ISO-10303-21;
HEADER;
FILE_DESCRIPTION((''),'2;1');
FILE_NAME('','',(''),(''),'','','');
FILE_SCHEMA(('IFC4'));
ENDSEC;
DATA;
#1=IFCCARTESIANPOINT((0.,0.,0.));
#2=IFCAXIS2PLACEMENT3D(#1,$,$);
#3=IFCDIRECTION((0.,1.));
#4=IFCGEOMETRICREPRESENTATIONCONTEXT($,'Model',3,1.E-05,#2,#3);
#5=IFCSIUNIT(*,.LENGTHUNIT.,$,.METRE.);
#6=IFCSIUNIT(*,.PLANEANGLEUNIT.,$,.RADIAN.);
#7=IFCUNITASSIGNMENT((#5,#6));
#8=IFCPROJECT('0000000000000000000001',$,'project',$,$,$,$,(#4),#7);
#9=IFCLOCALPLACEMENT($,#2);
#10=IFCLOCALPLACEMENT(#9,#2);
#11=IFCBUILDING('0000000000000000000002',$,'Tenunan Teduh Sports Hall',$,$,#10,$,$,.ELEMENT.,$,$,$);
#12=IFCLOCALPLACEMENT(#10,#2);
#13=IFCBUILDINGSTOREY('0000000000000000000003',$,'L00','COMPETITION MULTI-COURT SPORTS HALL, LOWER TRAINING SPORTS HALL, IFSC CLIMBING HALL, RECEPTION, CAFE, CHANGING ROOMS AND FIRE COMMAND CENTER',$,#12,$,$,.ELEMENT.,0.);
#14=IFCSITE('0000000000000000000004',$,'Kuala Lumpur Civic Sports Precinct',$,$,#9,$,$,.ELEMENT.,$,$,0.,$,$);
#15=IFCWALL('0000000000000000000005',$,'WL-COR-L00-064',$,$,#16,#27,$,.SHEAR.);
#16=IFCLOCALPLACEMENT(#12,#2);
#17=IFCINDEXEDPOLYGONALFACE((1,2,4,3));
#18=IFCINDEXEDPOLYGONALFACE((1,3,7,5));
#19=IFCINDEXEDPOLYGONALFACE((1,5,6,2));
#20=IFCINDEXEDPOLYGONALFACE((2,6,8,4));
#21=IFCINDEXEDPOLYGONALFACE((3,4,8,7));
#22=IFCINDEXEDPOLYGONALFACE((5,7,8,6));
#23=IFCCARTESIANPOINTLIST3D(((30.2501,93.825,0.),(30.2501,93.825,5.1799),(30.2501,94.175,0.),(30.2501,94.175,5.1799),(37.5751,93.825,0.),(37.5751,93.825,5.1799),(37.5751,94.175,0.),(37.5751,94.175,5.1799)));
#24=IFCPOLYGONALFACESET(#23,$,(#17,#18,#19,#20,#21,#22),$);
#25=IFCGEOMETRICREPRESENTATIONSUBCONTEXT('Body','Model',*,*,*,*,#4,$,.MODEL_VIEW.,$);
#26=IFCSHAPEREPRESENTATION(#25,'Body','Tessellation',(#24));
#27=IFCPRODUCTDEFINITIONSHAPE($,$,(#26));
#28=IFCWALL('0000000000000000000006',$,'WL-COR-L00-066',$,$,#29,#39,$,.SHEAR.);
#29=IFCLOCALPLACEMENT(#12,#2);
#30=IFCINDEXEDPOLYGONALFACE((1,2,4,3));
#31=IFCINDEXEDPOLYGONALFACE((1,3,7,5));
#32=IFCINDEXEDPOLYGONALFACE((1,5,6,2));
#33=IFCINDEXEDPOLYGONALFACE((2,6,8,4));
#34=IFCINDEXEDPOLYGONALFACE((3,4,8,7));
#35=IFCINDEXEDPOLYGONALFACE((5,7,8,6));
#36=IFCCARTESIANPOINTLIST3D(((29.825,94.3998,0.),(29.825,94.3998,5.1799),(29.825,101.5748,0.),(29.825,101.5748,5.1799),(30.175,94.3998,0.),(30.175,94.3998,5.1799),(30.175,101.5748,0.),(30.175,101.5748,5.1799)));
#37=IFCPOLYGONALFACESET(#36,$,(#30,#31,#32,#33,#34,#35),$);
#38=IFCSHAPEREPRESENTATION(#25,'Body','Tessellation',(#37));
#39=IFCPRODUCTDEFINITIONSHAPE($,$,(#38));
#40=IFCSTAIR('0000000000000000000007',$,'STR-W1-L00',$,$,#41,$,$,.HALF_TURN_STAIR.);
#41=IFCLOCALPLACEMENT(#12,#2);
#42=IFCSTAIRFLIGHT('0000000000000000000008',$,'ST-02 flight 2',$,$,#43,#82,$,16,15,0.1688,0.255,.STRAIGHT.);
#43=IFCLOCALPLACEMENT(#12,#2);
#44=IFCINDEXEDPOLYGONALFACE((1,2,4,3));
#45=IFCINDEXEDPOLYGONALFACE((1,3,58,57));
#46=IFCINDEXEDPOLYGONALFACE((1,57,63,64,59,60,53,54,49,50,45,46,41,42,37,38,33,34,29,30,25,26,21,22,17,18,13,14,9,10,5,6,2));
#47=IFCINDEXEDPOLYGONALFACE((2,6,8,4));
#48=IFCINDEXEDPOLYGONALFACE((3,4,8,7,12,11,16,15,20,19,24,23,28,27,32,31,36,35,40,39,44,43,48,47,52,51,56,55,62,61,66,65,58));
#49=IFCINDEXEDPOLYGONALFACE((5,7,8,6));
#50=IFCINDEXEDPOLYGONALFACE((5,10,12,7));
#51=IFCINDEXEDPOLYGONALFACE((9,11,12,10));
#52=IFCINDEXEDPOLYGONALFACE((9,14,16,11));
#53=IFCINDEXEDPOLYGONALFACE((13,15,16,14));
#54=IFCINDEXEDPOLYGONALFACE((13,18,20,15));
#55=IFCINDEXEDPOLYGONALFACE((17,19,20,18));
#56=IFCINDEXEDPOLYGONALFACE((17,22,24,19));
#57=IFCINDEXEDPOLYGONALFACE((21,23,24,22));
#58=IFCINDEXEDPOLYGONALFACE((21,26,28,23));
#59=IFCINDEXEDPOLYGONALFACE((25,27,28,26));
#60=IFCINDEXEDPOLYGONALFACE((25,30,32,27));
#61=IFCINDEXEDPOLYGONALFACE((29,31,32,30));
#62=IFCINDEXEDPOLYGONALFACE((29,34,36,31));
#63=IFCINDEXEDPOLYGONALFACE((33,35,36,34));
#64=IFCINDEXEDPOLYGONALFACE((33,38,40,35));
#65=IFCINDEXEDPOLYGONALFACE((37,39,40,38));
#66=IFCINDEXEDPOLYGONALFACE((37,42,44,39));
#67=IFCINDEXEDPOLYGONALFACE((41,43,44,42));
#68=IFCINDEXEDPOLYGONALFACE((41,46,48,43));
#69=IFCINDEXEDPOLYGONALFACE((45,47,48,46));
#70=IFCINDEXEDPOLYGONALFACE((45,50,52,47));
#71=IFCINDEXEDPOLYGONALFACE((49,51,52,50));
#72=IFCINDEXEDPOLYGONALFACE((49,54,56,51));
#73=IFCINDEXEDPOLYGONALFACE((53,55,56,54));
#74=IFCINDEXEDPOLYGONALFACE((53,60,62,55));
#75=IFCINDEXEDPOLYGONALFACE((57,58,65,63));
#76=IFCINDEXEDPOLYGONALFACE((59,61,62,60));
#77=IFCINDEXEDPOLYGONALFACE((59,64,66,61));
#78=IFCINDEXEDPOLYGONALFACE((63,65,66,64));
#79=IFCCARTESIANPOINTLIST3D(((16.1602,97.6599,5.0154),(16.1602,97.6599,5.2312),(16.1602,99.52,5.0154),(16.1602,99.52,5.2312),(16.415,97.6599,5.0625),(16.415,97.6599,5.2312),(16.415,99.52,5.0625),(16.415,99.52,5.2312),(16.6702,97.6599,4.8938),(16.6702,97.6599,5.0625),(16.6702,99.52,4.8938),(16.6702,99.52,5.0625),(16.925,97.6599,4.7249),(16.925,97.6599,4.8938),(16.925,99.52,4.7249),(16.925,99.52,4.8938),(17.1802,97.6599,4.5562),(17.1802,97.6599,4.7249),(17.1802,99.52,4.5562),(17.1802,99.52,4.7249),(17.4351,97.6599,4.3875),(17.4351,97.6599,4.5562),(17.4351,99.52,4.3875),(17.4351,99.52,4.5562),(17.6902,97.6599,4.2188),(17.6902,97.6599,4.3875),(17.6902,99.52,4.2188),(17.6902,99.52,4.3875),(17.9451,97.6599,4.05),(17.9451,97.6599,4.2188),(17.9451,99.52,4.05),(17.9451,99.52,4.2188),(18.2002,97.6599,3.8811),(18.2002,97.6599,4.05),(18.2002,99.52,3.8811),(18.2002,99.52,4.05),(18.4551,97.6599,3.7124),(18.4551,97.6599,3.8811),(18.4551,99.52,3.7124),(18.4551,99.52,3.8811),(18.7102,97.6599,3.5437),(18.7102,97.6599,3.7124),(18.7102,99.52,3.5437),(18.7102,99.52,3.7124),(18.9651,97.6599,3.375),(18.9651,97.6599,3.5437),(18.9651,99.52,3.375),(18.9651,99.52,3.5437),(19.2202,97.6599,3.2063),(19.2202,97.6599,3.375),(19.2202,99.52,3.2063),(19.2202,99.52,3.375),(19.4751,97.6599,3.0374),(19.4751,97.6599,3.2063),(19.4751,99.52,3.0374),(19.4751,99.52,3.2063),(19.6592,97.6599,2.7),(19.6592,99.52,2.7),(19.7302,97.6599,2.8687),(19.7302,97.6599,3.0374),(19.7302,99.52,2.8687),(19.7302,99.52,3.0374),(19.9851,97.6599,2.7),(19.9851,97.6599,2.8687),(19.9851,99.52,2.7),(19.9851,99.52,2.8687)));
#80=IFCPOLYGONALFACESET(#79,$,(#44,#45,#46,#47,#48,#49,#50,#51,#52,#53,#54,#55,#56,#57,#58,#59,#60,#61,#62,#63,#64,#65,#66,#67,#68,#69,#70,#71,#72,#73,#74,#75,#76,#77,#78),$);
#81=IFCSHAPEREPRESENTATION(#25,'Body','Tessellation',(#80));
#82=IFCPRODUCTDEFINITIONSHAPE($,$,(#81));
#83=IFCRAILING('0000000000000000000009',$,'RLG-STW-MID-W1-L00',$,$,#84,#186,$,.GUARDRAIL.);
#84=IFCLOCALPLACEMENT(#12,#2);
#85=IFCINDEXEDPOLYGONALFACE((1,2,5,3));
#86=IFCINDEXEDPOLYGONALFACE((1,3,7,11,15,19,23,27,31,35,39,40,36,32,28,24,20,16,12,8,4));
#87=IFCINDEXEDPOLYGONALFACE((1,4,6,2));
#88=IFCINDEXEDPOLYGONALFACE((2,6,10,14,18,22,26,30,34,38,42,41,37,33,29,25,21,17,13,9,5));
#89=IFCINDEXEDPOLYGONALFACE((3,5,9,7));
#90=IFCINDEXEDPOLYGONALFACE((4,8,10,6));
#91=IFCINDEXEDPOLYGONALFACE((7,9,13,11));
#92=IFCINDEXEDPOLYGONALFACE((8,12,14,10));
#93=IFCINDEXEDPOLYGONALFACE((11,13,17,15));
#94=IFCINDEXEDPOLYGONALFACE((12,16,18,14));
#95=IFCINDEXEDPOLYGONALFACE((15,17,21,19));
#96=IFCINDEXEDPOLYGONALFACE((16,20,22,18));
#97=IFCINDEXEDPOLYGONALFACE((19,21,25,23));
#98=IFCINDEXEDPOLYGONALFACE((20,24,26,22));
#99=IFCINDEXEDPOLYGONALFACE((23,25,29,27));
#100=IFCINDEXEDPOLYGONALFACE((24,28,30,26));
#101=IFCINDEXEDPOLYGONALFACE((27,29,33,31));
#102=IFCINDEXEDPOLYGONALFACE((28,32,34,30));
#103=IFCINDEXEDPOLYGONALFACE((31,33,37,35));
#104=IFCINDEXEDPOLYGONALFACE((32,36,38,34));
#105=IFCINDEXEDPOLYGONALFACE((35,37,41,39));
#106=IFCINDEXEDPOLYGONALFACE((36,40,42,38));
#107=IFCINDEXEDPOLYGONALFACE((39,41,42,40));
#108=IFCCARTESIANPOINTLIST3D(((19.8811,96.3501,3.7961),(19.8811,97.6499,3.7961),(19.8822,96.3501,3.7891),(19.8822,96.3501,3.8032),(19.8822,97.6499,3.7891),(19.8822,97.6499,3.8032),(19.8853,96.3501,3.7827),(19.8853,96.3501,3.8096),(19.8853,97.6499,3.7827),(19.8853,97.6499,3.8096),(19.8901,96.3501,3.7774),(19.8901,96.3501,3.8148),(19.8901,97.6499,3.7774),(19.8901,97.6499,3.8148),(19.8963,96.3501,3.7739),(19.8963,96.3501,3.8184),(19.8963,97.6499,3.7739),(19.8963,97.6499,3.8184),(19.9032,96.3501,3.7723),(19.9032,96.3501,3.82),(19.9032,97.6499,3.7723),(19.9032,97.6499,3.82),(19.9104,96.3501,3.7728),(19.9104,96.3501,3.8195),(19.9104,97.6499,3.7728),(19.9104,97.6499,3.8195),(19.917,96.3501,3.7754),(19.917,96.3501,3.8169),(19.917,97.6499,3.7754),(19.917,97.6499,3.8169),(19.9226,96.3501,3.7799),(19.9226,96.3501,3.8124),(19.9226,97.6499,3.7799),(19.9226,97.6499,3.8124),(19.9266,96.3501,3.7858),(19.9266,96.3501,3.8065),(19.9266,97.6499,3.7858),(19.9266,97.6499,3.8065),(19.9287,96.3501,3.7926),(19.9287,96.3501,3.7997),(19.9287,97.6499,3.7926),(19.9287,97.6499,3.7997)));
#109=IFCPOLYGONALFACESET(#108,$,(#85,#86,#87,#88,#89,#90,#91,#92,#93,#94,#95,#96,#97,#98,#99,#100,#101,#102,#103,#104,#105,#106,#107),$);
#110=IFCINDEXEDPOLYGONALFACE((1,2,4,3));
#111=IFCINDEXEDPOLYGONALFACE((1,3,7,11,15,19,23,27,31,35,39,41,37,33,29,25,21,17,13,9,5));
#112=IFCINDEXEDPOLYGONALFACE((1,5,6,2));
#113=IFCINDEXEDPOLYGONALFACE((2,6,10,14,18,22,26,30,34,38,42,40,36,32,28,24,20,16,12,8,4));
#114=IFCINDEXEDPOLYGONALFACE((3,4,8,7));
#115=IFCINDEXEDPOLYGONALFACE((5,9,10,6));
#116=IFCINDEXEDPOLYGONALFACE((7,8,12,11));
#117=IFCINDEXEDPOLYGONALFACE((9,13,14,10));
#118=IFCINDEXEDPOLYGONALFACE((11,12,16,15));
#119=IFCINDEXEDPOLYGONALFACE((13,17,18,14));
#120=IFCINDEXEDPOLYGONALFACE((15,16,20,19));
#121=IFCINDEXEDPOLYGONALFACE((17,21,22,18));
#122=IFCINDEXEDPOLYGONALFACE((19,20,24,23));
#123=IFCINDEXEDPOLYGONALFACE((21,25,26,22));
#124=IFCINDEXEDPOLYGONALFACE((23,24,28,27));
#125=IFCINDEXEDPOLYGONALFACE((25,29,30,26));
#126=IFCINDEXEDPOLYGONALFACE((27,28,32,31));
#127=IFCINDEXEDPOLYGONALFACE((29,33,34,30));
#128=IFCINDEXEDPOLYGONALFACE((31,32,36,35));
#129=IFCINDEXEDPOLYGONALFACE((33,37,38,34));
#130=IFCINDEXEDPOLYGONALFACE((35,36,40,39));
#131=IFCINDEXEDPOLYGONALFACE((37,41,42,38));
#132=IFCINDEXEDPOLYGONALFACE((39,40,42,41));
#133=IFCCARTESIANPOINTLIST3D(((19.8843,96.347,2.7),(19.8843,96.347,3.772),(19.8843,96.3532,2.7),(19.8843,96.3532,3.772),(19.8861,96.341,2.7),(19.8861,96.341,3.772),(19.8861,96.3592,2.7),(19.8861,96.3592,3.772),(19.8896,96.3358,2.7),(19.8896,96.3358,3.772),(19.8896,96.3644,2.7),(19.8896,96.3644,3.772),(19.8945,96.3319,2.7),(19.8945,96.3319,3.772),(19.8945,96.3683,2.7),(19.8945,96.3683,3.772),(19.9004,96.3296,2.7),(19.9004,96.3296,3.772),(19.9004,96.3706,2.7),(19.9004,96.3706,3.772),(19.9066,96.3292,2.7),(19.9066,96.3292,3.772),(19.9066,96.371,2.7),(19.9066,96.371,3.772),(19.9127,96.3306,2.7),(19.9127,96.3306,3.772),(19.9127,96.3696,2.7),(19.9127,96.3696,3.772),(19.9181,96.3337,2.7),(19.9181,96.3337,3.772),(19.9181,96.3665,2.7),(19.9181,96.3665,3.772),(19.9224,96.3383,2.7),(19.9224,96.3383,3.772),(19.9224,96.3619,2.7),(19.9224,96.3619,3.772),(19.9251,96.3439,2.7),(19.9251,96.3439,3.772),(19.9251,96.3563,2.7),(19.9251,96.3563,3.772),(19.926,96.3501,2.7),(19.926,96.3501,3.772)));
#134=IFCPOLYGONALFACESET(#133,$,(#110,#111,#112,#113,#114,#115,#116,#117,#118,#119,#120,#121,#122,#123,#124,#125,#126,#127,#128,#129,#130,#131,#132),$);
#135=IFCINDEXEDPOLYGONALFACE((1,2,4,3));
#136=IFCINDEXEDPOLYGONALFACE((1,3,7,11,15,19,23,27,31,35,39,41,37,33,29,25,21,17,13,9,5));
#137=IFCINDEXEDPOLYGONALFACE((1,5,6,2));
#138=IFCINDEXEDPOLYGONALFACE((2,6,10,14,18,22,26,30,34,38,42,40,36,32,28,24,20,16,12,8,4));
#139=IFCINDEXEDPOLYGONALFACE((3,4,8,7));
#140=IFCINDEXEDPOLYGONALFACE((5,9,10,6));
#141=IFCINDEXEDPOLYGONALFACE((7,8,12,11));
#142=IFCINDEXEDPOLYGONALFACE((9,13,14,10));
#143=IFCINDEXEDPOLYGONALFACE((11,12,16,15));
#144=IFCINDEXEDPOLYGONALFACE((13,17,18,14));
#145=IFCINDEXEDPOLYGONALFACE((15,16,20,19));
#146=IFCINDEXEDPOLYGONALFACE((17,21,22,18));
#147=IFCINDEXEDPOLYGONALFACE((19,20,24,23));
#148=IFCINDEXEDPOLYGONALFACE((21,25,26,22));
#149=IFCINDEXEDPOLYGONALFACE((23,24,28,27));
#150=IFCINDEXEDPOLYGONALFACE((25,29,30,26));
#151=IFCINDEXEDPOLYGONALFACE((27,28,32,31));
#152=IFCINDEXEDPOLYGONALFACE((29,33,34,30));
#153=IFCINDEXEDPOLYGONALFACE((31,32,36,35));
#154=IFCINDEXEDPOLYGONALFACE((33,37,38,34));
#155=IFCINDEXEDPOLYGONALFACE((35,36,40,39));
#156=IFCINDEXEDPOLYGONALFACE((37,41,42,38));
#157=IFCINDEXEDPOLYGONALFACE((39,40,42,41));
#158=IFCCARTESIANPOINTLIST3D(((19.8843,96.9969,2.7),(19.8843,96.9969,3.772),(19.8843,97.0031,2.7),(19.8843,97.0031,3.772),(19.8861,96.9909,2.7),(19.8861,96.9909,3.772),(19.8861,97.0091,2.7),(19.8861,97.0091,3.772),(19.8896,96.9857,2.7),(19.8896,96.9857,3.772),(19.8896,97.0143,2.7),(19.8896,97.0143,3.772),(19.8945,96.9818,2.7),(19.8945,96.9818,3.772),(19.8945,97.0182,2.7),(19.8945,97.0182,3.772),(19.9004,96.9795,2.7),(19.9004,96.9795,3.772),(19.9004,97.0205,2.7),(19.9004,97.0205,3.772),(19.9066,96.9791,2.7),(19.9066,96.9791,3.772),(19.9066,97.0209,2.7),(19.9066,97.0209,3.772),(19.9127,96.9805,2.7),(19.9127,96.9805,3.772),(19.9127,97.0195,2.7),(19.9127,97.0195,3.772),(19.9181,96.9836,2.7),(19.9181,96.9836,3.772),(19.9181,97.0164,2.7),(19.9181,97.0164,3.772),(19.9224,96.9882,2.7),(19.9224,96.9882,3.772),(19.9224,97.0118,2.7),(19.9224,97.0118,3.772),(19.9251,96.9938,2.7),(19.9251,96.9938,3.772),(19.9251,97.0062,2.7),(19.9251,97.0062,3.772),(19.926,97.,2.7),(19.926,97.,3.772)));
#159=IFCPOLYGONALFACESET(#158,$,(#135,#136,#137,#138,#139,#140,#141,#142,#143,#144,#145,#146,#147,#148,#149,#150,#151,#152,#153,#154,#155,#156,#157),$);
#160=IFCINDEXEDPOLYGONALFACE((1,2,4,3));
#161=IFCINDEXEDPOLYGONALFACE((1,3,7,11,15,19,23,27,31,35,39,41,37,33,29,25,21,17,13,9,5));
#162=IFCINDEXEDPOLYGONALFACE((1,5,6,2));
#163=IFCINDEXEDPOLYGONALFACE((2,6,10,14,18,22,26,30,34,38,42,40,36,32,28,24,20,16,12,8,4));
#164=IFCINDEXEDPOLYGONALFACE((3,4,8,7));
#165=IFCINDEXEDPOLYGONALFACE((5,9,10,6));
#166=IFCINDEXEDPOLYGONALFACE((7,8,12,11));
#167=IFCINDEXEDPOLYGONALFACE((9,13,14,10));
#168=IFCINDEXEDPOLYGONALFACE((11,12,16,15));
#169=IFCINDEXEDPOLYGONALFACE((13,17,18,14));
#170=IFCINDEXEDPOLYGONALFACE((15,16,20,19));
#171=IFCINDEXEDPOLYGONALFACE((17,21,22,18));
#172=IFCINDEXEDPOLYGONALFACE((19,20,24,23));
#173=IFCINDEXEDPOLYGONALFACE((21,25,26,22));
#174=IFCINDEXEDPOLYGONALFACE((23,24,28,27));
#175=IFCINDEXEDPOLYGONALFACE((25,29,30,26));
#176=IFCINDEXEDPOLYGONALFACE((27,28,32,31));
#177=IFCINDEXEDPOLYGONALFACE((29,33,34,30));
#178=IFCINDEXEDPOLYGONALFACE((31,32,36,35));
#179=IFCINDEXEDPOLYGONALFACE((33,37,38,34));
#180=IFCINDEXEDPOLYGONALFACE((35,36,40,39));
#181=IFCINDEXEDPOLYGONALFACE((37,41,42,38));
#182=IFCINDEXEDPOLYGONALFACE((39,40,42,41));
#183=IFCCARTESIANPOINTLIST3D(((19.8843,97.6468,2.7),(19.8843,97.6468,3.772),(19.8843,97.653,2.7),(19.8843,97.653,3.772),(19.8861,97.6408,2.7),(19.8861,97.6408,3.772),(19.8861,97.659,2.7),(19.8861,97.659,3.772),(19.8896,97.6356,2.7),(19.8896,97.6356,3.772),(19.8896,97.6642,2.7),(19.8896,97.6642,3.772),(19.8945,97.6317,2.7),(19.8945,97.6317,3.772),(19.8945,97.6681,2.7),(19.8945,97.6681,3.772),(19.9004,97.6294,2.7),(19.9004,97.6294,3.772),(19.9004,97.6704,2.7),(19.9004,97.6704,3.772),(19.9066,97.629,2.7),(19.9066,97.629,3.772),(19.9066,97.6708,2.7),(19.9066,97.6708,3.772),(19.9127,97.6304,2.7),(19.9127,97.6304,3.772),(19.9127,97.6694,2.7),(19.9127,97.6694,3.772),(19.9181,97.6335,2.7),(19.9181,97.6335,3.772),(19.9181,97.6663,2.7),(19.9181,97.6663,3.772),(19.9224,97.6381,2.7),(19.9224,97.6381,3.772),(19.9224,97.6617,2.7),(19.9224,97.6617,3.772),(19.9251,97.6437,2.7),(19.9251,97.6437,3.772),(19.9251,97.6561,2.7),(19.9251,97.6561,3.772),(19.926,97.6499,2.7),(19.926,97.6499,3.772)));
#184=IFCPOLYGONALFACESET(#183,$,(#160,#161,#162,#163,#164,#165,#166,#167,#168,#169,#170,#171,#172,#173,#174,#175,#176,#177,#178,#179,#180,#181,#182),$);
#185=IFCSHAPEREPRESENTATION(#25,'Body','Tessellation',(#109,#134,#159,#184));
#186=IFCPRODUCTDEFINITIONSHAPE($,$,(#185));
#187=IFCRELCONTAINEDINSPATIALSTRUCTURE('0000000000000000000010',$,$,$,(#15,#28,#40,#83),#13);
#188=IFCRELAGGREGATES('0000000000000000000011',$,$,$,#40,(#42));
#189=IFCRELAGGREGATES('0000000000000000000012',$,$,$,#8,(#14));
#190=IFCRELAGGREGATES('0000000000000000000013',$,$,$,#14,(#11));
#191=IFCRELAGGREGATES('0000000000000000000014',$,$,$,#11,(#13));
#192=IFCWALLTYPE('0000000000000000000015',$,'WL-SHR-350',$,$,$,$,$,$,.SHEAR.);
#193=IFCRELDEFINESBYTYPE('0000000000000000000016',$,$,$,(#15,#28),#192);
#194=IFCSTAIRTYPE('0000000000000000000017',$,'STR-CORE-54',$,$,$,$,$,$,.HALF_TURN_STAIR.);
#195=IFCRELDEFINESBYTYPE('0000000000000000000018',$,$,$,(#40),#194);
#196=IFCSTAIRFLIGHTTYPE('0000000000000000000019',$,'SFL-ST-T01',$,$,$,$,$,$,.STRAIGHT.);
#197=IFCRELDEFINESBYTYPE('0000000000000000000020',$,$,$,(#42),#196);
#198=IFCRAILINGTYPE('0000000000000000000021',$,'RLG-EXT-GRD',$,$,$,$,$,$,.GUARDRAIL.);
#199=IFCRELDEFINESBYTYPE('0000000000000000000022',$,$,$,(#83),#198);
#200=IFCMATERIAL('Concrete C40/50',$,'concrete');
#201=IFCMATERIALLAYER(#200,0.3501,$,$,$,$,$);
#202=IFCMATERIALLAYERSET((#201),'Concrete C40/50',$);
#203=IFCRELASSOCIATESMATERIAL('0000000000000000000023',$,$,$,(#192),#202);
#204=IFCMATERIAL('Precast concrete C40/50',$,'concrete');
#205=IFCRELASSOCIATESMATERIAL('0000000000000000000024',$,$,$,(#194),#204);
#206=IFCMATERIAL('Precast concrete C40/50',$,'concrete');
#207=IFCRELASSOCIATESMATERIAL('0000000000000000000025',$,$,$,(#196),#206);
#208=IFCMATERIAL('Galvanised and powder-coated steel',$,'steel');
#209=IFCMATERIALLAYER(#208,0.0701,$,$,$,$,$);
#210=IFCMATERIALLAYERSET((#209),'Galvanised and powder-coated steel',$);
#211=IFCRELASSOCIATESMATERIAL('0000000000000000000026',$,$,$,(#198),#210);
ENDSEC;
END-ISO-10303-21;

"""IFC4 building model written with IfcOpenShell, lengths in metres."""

from ifc_helpers import new_model, si_unit, direction, frame, frame_2d, origin, origin_2d, place, context, subcontext, project, spatial, polyline, rectangle, circle, outline, extrude, material, layer, layer_set, type_object, element, aggregate, save


model = new_model("IFC4")

# Units and contexts
model_context = context("Model", 3, precision=1e-05, world=origin(), true_north=direction((0.0, 1.0)))
body_context = subcontext(model_context, "Body", "Model", "MODEL_VIEW")
ifc_project = project(units=[si_unit("LENGTHUNIT", "METRE"), si_unit("PLANEANGLEUNIT", "RADIAN")], contexts=[model_context])

# Site, building, storey
site_placement = place(None, origin())
site = spatial("IfcSite", under=ifc_project, at=site_placement, Name="Kuala Lumpur Civic Sports Precinct", CompositionType="ELEMENT", RefElevation=0.0)
building_placement = place(site_placement, origin())
building = spatial("IfcBuilding", under=site, at=building_placement, Name="Tenunan Teduh Sports Hall", CompositionType="ELEMENT")
storey_placement = place(building_placement, origin())
storey = spatial("IfcBuildingStorey", under=building, at=storey_placement, Name="L00", Description="COMPETITION MULTI-COURT SPORTS HALL, LOWER TRAINING SPORTS HALL, IFSC CLIMBING HALL, RECEPTION, CAFE, CHANGING ROOMS AND FIRE COMMAND CENTER", CompositionType="ELEMENT", Elevation=0.0)

# Shared definitions
ifc_material_1 = material(Name="Concrete C40/50", Category="concrete")
ifc_layer_1 = layer(ifc_material_1, 0.3501)
ifc_layer_set_1 = layer_set([ifc_layer_1], Name="Concrete C40/50")
wall_type_1 = type_object("IfcWallType", Name="WL-SHR-350", PredefinedType="SHEAR", material=ifc_layer_set_1)

# Walls
wall_1_placement = place(storey_placement, frame((30.25, 94.0, 0.0), z_axis=(0.0, 0.0, 1.0), x_axis=(1.0, 0.0, 0.0)))
element("IfcWall", 1, at=wall_1_placement, inside=storey, type_object=wall_type_1, Name="WL-COR-L00-064", PredefinedType="SHEAR", context=body_context, shape_type="SweptSolid", body=[
    extrude(rectangle(XDim=7.325, YDim=0.3501, at=frame_2d((3.6626, 0.0))), origin(), (0.0, 0.0, 1.0), 5.1799),
])
wall_2_placement = place(storey_placement, frame((30.0, 94.3999, 0.0), z_axis=(0.0, 0.0, 1.0), x_axis=(0.0, 1.0, 0.0)))
element("IfcWall", 2, at=wall_2_placement, inside=storey, type_object=wall_type_1, Name="WL-COR-L00-066", PredefinedType="SHEAR", context=body_context, shape_type="SweptSolid", body=[
    extrude(rectangle(XDim=7.175, YDim=0.3501, at=frame_2d((3.5874, 0.0))), origin(), (0.0, 0.0, 1.0), 5.1799),
])

# Stair, stair flight
ifc_material_2 = material(Name="Precast concrete C40/50", Category="concrete")
stair_type = type_object("IfcStairType", Name="STR-CORE-54", PredefinedType="HALF_TURN_STAIR", material=ifc_material_2)
stair_placement = place(storey_placement, origin())
stair = element("IfcStair", 3, at=stair_placement, inside=storey, type_object=stair_type, Name="STR-W1-L00", PredefinedType="HALF_TURN_STAIR")
ifc_material_3 = material(Name="Precast concrete C40/50", Category="concrete")
stair_flight_type = type_object("IfcStairFlightType", Name="SFL-ST-T01", PredefinedType="STRAIGHT", material=ifc_material_3)
stair_flight_placement = place(storey_placement, frame((19.9851, 98.5901, 2.7), z_axis=(0.0, 0.0, 1.0), x_axis=(-1.0, 0.0, 0.0)))
stair_flight = element("IfcStairFlight", 4, at=stair_flight_placement, type_object=stair_flight_type, Name="ST-02 flight 2", NumberOfRisers=16, NumberOfTreads=15, PredefinedType="STRAIGHT", RiserHeight=0.1688, TreadLength=0.255, context=body_context, shape_type="SweptSolid", body=[
    extrude(outline(polyline([(0.0, 0.0), (0.0, 0.1687), (0.2549, 0.1687), (0.2549, 0.3374), (0.51, 0.3374), (0.51, 0.5063), (0.7649, 0.5063), (0.7649, 0.675), (1.02, 0.675), (1.02, 0.8438), (1.2749, 0.8438), (1.2749, 1.0125), (1.53, 1.0125), (1.53, 1.1812), (1.7849, 1.1812), (1.7849, 1.3501), (2.04, 1.3501), (2.04, 1.5188), (2.2949, 1.5188), (2.2949, 1.6875), (2.55, 1.6875), (2.55, 1.8562), (2.8049, 1.8562), (2.8049, 2.0249), (3.0601, 2.0249), (3.0601, 2.1938), (3.3149, 2.1938), (3.3149, 2.3625), (3.5701, 2.3625), (3.5701, 2.5312), (3.825, 2.5312), (3.825, 2.7), (3.825, 2.3154), (0.3259, 0.0), (0.0, 0.0)])), frame((0.0, 0.9302, 0.0), z_axis=(0.0, -1.0, 0.0), x_axis=(1.0, 0.0, 0.0)), (0.0, 0.0, 1.0), 1.8601),
])

# Railing
ifc_material_4 = material(Name="Galvanised and powder-coated steel", Category="steel")
ifc_layer_2 = layer(ifc_material_4, 0.0701)
ifc_layer_set_2 = layer_set([ifc_layer_2], Name="Galvanised and powder-coated steel")
railing_type_1 = type_object("IfcRailingType", Name="RLG-EXT-GRD", PredefinedType="GUARDRAIL", material=ifc_layer_set_2)
railing_1_placement = place(storey_placement, frame((19.905, 96.3501, 2.7)))
element("IfcRailing", 5, at=railing_1_placement, inside=storey, type_object=railing_type_1, Name="RLG-STW-MID-W1-L00", PredefinedType="GUARDRAIL", context=body_context, shape_type="SweptSolid", body=[
    extrude(circle(Radius=0.0239, at=origin_2d()), frame((0.0, 0.0, 1.0962), z_axis=(0.0, 1.0, 0.0), x_axis=(-1.0, 0.0, 0.0)), (0.0, 0.0, 1.0), 1.2998),
    extrude(circle(Radius=0.021, at=origin_2d()), origin(), (0.0, 0.0, 1.0), 1.072),
    extrude(circle(Radius=0.021, at=origin_2d()), frame((0.0, 0.6499, 0.0)), (0.0, 0.0, 1.0), 1.072),
    extrude(circle(Radius=0.021, at=origin_2d()), frame((0.0, 1.2998, 0.0)), (0.0, 0.0, 1.0), 1.072),
])

aggregate(stair, [stair_flight])

save(model, "model.ifc")
